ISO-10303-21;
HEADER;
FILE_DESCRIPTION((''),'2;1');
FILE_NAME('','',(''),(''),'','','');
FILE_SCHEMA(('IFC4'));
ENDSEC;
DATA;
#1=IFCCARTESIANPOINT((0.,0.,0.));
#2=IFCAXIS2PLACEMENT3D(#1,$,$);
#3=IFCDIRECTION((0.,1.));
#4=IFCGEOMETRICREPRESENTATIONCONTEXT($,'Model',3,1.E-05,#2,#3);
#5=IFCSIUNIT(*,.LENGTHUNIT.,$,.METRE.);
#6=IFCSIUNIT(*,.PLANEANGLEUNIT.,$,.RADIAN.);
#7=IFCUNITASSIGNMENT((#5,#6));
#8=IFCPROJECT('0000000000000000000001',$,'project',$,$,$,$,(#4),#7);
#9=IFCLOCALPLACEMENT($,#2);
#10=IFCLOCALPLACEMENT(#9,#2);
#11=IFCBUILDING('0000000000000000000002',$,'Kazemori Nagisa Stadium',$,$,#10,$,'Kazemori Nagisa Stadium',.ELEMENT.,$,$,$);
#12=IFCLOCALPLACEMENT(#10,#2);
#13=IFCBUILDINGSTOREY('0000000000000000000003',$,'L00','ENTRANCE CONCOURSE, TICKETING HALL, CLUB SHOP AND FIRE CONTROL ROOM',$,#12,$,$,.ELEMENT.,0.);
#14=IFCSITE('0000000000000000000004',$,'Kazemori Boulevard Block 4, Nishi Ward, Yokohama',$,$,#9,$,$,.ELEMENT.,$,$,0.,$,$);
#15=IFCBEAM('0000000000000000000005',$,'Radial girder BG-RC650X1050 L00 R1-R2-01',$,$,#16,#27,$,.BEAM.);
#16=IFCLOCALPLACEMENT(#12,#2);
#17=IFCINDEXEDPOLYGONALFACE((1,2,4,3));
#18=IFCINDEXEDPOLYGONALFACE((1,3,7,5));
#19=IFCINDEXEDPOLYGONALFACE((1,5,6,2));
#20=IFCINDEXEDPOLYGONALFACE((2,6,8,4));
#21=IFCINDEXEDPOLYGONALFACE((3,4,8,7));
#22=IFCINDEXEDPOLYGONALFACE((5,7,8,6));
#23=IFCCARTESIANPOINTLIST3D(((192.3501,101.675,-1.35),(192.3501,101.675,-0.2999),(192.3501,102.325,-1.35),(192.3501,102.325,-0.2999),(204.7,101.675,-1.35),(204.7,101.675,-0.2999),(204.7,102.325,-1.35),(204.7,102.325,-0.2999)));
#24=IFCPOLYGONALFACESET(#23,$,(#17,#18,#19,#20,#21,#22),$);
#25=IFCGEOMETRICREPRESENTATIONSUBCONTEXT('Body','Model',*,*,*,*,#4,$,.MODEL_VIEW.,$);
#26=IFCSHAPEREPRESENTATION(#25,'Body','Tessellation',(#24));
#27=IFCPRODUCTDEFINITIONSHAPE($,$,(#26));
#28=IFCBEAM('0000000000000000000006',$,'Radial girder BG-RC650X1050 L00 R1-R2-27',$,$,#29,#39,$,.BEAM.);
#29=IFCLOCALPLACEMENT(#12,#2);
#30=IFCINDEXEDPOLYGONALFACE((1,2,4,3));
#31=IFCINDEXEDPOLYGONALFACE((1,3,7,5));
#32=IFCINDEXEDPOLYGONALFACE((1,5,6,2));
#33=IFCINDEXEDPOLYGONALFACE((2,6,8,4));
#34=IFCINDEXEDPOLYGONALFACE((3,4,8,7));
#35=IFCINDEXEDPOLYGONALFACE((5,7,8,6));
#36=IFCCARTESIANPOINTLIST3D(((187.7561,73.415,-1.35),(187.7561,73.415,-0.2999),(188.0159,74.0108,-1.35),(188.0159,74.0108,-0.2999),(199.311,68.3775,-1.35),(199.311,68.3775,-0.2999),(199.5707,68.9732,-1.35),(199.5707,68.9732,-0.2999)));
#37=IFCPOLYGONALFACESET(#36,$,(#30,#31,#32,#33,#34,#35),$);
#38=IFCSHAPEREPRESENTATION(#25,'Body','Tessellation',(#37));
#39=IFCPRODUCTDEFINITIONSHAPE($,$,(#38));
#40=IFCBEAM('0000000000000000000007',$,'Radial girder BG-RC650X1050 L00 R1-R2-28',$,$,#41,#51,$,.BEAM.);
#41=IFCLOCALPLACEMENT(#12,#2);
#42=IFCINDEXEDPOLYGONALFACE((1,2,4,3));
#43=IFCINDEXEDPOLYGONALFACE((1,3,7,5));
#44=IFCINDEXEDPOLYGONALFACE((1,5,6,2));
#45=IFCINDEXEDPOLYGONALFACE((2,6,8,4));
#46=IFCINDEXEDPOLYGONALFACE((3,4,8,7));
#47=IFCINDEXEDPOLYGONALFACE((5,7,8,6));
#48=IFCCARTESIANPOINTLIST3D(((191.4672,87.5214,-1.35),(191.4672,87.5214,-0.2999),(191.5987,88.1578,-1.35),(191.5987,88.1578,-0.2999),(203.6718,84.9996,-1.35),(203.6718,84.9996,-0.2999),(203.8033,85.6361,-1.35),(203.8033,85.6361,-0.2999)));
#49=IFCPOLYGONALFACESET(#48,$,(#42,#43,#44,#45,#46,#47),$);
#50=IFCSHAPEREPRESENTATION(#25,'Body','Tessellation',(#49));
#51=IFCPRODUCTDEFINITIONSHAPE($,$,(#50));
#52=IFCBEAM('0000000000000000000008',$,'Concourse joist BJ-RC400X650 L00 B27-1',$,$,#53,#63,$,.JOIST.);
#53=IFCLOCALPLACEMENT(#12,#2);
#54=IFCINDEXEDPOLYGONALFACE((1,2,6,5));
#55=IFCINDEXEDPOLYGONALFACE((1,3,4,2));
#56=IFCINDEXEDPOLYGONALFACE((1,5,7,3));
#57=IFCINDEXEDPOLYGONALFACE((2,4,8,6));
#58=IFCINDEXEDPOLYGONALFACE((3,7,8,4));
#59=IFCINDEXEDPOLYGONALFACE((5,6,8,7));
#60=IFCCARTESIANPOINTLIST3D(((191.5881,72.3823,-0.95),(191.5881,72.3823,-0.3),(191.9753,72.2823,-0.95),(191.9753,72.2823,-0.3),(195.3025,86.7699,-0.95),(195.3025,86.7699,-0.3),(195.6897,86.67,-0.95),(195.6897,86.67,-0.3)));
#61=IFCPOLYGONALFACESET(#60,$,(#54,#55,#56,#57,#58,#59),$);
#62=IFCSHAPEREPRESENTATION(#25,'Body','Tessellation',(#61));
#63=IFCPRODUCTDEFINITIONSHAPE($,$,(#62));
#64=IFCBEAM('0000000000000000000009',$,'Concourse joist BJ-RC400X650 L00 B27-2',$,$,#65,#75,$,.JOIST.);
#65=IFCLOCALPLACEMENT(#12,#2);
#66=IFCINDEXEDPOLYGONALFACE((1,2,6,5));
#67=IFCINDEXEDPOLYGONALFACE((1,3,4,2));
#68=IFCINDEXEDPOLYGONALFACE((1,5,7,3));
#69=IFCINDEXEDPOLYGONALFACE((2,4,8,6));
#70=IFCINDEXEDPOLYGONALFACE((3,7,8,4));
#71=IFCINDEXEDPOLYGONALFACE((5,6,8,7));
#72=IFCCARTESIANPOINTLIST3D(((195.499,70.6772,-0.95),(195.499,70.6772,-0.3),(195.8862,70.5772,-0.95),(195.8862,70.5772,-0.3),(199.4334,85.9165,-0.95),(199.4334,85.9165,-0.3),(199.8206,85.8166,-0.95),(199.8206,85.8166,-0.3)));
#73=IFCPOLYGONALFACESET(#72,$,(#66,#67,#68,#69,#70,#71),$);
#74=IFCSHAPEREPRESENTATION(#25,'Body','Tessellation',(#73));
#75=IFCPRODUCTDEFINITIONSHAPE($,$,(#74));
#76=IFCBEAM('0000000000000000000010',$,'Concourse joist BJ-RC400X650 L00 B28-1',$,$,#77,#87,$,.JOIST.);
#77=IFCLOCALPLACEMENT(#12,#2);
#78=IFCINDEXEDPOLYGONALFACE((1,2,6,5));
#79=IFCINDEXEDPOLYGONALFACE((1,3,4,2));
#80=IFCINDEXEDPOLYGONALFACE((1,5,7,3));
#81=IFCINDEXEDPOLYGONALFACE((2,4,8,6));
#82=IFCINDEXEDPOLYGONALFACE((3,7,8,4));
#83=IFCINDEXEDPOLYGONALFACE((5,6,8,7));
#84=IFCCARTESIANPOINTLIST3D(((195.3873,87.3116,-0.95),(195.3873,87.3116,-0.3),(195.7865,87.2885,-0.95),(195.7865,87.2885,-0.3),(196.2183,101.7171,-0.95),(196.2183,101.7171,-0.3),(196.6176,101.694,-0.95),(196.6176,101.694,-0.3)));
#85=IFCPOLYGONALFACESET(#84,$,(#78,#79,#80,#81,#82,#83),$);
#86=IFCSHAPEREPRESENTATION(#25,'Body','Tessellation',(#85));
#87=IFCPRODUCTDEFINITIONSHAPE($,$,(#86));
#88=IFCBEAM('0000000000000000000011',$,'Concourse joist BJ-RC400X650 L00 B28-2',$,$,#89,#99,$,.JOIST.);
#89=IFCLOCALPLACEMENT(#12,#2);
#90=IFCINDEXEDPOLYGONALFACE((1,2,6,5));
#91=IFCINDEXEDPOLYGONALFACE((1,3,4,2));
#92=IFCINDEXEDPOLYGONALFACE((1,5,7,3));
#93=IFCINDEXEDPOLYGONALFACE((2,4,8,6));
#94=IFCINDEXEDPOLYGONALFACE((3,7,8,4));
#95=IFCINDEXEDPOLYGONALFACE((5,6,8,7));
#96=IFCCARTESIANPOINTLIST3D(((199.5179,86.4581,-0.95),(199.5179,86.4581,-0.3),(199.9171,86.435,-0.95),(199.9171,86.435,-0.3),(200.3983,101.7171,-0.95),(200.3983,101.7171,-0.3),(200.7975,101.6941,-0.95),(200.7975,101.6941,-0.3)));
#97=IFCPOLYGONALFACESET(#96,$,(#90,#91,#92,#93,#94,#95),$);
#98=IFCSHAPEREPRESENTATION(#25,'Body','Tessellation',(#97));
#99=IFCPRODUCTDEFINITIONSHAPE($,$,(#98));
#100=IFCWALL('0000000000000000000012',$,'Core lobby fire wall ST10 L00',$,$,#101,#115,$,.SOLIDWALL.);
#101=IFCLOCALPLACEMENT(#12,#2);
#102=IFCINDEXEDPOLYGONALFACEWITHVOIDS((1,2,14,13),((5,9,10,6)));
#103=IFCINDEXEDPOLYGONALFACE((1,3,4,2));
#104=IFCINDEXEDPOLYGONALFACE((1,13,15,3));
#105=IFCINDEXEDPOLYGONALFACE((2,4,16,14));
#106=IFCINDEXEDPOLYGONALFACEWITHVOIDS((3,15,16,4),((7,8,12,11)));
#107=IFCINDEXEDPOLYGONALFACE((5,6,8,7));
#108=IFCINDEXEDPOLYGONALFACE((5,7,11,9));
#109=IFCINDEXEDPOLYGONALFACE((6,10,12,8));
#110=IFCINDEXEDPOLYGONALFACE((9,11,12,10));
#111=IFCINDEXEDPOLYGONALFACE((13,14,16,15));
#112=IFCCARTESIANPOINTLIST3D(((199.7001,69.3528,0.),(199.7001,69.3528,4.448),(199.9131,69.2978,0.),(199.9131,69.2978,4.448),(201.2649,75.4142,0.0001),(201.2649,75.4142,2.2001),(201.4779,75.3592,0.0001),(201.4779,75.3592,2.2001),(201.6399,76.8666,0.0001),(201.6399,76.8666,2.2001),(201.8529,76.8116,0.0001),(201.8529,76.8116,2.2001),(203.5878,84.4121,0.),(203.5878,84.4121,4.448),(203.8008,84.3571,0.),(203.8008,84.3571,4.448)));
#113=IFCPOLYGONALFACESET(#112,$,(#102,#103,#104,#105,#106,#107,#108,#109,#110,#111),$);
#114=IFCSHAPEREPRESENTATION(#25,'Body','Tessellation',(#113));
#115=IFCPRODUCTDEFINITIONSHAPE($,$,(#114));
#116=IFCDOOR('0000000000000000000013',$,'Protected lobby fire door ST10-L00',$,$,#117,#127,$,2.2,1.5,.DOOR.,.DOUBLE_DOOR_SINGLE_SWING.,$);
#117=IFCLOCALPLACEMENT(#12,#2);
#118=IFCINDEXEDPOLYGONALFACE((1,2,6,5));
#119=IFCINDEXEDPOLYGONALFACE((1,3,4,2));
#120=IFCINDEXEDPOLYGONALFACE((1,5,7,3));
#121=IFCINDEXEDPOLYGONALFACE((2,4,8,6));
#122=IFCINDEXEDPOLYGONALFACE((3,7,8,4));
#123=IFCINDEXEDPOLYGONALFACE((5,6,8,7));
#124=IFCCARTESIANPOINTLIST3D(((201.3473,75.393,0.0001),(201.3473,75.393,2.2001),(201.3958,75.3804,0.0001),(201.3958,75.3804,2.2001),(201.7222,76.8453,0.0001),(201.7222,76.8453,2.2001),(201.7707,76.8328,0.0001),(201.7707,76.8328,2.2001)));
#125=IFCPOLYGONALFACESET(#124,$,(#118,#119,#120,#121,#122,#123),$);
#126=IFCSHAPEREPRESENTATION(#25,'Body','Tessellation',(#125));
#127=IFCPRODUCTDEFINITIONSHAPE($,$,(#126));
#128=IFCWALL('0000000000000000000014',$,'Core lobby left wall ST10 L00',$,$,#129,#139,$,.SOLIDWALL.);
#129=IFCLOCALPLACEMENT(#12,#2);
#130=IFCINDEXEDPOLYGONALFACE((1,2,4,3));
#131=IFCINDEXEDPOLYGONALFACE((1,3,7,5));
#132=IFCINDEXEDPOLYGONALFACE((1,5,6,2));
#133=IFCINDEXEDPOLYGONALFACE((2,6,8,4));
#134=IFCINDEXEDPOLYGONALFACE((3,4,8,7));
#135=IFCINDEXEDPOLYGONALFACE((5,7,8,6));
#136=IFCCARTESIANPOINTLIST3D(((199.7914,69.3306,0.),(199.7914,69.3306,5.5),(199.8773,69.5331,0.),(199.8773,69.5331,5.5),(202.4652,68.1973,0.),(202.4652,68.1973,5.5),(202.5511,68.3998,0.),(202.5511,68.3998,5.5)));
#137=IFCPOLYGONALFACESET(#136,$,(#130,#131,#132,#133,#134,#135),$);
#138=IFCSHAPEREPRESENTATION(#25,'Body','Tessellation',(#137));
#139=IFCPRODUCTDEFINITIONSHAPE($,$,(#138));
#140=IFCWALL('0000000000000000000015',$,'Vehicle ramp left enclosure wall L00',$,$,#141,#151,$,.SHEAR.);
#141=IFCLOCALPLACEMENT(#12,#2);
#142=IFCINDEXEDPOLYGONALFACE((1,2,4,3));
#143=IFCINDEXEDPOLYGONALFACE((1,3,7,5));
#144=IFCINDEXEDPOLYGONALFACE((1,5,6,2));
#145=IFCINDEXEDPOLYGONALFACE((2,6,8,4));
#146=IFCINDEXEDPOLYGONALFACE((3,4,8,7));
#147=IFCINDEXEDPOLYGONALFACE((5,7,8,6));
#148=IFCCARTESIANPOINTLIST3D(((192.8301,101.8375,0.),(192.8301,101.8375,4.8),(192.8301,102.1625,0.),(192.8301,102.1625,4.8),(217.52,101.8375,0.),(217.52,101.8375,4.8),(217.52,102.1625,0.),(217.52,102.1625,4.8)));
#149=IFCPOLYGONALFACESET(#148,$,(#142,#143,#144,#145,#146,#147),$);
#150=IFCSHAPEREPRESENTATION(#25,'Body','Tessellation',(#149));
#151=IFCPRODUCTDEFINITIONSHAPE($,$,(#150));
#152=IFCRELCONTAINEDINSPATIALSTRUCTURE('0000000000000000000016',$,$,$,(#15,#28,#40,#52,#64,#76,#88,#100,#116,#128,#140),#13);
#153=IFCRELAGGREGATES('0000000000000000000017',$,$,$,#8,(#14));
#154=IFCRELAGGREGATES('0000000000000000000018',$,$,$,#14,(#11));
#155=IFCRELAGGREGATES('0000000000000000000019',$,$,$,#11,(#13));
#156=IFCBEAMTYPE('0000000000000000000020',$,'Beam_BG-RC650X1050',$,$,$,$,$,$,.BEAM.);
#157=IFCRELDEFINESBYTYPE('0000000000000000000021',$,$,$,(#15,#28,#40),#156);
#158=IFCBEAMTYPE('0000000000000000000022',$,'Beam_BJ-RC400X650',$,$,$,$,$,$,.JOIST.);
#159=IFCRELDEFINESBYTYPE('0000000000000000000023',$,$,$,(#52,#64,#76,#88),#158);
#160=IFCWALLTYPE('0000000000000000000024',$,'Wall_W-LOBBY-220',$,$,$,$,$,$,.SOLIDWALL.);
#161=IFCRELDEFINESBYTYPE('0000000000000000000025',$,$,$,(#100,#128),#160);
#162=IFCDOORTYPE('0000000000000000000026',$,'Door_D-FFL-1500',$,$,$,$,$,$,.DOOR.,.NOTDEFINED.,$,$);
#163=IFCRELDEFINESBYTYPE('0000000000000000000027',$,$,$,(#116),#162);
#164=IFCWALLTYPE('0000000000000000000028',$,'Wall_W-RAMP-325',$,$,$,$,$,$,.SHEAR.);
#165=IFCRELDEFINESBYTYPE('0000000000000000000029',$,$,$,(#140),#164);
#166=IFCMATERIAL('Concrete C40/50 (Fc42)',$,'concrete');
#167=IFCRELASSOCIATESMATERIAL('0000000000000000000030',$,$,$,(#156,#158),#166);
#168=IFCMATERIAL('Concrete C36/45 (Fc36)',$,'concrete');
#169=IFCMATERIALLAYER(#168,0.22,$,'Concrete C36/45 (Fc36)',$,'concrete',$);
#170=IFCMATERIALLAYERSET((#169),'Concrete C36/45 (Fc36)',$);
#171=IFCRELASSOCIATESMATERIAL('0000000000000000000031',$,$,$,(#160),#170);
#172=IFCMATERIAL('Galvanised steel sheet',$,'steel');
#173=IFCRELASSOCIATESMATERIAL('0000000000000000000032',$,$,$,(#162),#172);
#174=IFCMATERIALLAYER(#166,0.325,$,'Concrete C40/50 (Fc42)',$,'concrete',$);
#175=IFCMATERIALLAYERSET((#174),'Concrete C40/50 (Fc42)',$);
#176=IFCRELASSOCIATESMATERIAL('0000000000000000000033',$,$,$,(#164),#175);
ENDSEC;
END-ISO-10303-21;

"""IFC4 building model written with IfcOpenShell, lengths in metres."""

from ifc_helpers import new_model, si_unit, direction, frame, frame_2d, origin, origin_2d, place, context, subcontext, project, spatial, rectangle, extrude, material, layer, layer_set, material_profile, profile_set, type_object, element, fill, save


model = new_model("IFC4")

# Units and contexts
model_context = context("Model", 3, precision=1e-05, world=origin(), true_north=direction((0.0, 1.0)))
body_context = subcontext(model_context, "Body", "Model", "MODEL_VIEW")
ifc_project = project(units=[si_unit("LENGTHUNIT", "METRE"), si_unit("PLANEANGLEUNIT", "RADIAN")], contexts=[model_context])

# Site, building, storey
site_placement = place(None, origin())
site = spatial("IfcSite", under=ifc_project, at=site_placement, Name="Kazemori Boulevard Block 4, Nishi Ward, Yokohama", CompositionType="ELEMENT", RefElevation=0.0)
building_placement = place(site_placement, origin())
building = spatial("IfcBuilding", under=site, at=building_placement, Name="Kazemori Nagisa Stadium", LongName="Kazemori Nagisa Stadium", CompositionType="ELEMENT")
storey_placement = place(building_placement, origin())
storey = spatial("IfcBuildingStorey", under=building, at=storey_placement, Name="L00", Description="ENTRANCE CONCOURSE, TICKETING HALL, CLUB SHOP AND FIRE CONTROL ROOM", CompositionType="ELEMENT", Elevation=0.0)

# Shared definitions
ifc_material_1 = material(Name="Concrete C40/50 (Fc42)", Category="concrete")

# Beams
ifc_material_profile_1 = material_profile(ifc_material_1, rectangle(XDim=0.6499, YDim=1.05, at=origin_2d()), Name="RC-BM-650x1050")
ifc_profile_set_1 = profile_set([ifc_material_profile_1], Name="Concrete C40/50 (Fc42)")
beam_type_1 = type_object("IfcBeamType", Name="Beam_BG-RC650X1050", PredefinedType="BEAM", material=ifc_profile_set_1)
beam_1_placement = place(storey_placement, frame((192.3501, 102.0, -0.825), z_axis=(1.0, 0.0, 0.0), x_axis=(0.0, 1.0, 0.0)))
element("IfcBeam", 1, at=beam_1_placement, inside=storey, type_object=beam_type_1, Name="Radial girder BG-RC650X1050 L00 R1-R2-01", PredefinedType="BEAM", context=body_context, shape_type="SweptSolid", body=[
    extrude(rectangle(XDim=0.6499, YDim=1.05, at=origin_2d()), origin(), (0.0, 0.0, 1.0), 12.3499),
])
beam_2_placement = place(storey_placement, frame((187.886, 73.7129, -0.825), z_axis=(0.916672, -0.399641, 0.0), x_axis=(0.399641, 0.916672, 0.0)))
element("IfcBeam", 2, at=beam_2_placement, inside=storey, type_object=beam_type_1, Name="Radial girder BG-RC650X1050 L00 R1-R2-27", PredefinedType="BEAM", context=body_context, shape_type="SweptSolid", body=[
    extrude(rectangle(XDim=0.6499, YDim=1.05, at=origin_2d()), origin(), (0.0, 0.0, 1.0), 12.6052),
])
beam_3_placement = place(storey_placement, frame((191.533, 87.8396, -0.825), z_axis=(0.979314, -0.202347, 0.0), x_axis=(0.202347, 0.979314, 0.0)))
element("IfcBeam", 3, at=beam_3_placement, inside=storey, type_object=beam_type_1, Name="Radial girder BG-RC650X1050 L00 R1-R2-28", PredefinedType="BEAM", context=body_context, shape_type="SweptSolid", body=[
    extrude(rectangle(XDim=0.6499, YDim=1.05, at=origin_2d()), origin(), (0.0, 0.0, 1.0), 12.4624),
])
ifc_material_profile_2 = material_profile(ifc_material_1, rectangle(XDim=0.3999, YDim=0.6499, at=origin_2d()), Name="RC-BM-400x650")
ifc_profile_set_2 = profile_set([ifc_material_profile_2], Name="Concrete C40/50 (Fc42)")
beam_type_2 = type_object("IfcBeamType", Name="Beam_BJ-RC400X650", PredefinedType="JOIST", material=ifc_profile_set_2)
beam_4_placement = place(storey_placement, frame((191.7817, 72.3323, -0.625), z_axis=(0.249966, 0.968254, 0.0), x_axis=(-0.968254, 0.249966, 0.0)))
element("IfcBeam", 4, at=beam_4_placement, inside=storey, type_object=beam_type_2, Name="Concourse joist BJ-RC400X650 L00 B27-1", PredefinedType="JOIST", context=body_context, shape_type="SweptSolid", body=[
    extrude(rectangle(XDim=0.3999, YDim=0.6499, at=origin_2d()), origin(), (0.0, 0.0, 1.0), 14.8594),
])
beam_5_placement = place(storey_placement, frame((195.6926, 70.6272, -0.625), z_axis=(0.249974, 0.968252, 0.0), x_axis=(-0.968252, 0.249974, 0.0)))
element("IfcBeam", 5, at=beam_5_placement, inside=storey, type_object=beam_type_2, Name="Concourse joist BJ-RC400X650 L00 B27-2", PredefinedType="JOIST", context=body_context, shape_type="SweptSolid", body=[
    extrude(rectangle(XDim=0.3999, YDim=0.6499, at=origin_2d()), origin(), (0.0, 0.0, 1.0), 15.739),
])
beam_6_placement = place(storey_placement, frame((195.5869, 87.3, -0.625), z_axis=(0.057594, 0.99834, 0.0), x_axis=(-0.99834, 0.057594, 0.0)))
element("IfcBeam", 6, at=beam_6_placement, inside=storey, type_object=beam_type_2, Name="Concourse joist BJ-RC400X650 L00 B28-1", PredefinedType="JOIST", context=body_context, shape_type="SweptSolid", body=[
    extrude(rectangle(XDim=0.3999, YDim=0.6499, at=origin_2d()), origin(), (0.0, 0.0, 1.0), 14.4294),
])
beam_7_placement = place(storey_placement, frame((199.7175, 86.4465, -0.625), z_axis=(0.057599, 0.99834, 0.0), x_axis=(-0.99834, 0.057599, 0.0)))
element("IfcBeam", 7, at=beam_7_placement, inside=storey, type_object=beam_type_2, Name="Concourse joist BJ-RC400X650 L00 B28-2", PredefinedType="JOIST", context=body_context, shape_type="SweptSolid", body=[
    extrude(rectangle(XDim=0.3999, YDim=0.6499, at=origin_2d()), origin(), (0.0, 0.0, 1.0), 15.2844),
])

# Wall, opening, door
ifc_material_2 = material(Name="Concrete C36/45 (Fc36)", Category="concrete")
ifc_layer_1 = layer(ifc_material_2, 0.22, Name="Concrete C36/45 (Fc36)", Category="concrete")
ifc_layer_set_1 = layer_set([ifc_layer_1], Name="Concrete C36/45 (Fc36)")
wall_type_1 = type_object("IfcWallType", Name="Wall_W-LOBBY-220", PredefinedType="SOLIDWALL", material=ifc_layer_set_1)
wall_1_placement = place(storey_placement, frame((199.8066, 69.3254, 0.0), z_axis=(0.0, 0.0, 1.0), x_axis=(0.249963, 0.968255, 0.0)))
wall_1 = element("IfcWall", 8, at=wall_1_placement, inside=storey, type_object=wall_type_1, Name="Core lobby fire wall ST10 L00", PredefinedType="SOLIDWALL", context=body_context, shape_type="SweptSolid", body=[
    extrude(rectangle(XDim=15.553, YDim=0.22, at=frame_2d((7.7764, 0.0))), origin(), (0.0, 0.0, 1.0), 4.448),
])
opening_placement = place(wall_1_placement, frame((6.26, 0.0, 0.0)))
opening = element("IfcOpeningElement", 9, at=opening_placement, cuts=wall_1, PredefinedType="OPENING", context=body_context, shape_type="SweptSolid", body=[
    extrude(rectangle(XDim=1.5, YDim=2.2, at=frame_2d((0.75, 1.1001))), frame((0.0, 0.1199, 0.0), z_axis=(0.0, -1.0, 0.0), x_axis=(1.0, 0.0, 0.0)), (0.0, 0.0, 1.0), 0.24),
])
ifc_material_3 = material(Name="Galvanised steel sheet", Category="steel")
door_type = type_object("IfcDoorType", Name="Door_D-FFL-1500", OperationType="NOTDEFINED", PredefinedType="DOOR", material=ifc_material_3)
door_placement = place(opening_placement, origin())
door = element("IfcDoor", 10, at=door_placement, inside=storey, type_object=door_type, Name="Protected lobby fire door ST10-L00", OperationType="DOUBLE_DOOR_SINGLE_SWING", OverallHeight=2.2, OverallWidth=1.5, PredefinedType="DOOR", context=body_context, shape_type="SweptSolid", body=[
    extrude(rectangle(XDim=1.5, YDim=2.2, at=frame_2d((0.75, 1.1001))), frame((0.0, 0.0249, 0.0), z_axis=(0.0, -1.0, 0.0), x_axis=(1.0, 0.0, 0.0)), (0.0, 0.0, 1.0), 0.05),
])
fill(opening, door)

# Walls
wall_2_placement = place(storey_placement, frame((199.8342, 69.4319, 0.0), z_axis=(0.0, 0.0, 1.0), x_axis=(0.920712, -0.390243, 0.0)))
element("IfcWall", 11, at=wall_2_placement, inside=storey, type_object=wall_type_1, Name="Core lobby left wall ST10 L00", PredefinedType="SOLIDWALL", context=body_context, shape_type="SweptSolid", body=[
    extrude(rectangle(XDim=2.9041, YDim=0.22, at=frame_2d((1.4521, 0.0))), origin(), (0.0, 0.0, 1.0), 5.5),
])
ifc_layer_2 = layer(ifc_material_1, 0.325, Name="Concrete C40/50 (Fc42)", Category="concrete")
ifc_layer_set_2 = layer_set([ifc_layer_2], Name="Concrete C40/50 (Fc42)")
wall_type_2 = type_object("IfcWallType", Name="Wall_W-RAMP-325", PredefinedType="SHEAR", material=ifc_layer_set_2)
wall_3_placement = place(storey_placement, frame((192.8301, 102.0, 0.0), z_axis=(0.0, 0.0, 1.0), x_axis=(1.0, 0.0, 0.0)))
element("IfcWall", 12, at=wall_3_placement, inside=storey, type_object=wall_type_2, Name="Vehicle ramp left enclosure wall L00", PredefinedType="SHEAR", context=body_context, shape_type="SweptSolid", body=[
    extrude(rectangle(XDim=24.6899, YDim=0.325, at=frame_2d((12.345, 0.0))), origin(), (0.0, 0.0, 1.0), 4.8),
])

save(model, "model.ifc")
